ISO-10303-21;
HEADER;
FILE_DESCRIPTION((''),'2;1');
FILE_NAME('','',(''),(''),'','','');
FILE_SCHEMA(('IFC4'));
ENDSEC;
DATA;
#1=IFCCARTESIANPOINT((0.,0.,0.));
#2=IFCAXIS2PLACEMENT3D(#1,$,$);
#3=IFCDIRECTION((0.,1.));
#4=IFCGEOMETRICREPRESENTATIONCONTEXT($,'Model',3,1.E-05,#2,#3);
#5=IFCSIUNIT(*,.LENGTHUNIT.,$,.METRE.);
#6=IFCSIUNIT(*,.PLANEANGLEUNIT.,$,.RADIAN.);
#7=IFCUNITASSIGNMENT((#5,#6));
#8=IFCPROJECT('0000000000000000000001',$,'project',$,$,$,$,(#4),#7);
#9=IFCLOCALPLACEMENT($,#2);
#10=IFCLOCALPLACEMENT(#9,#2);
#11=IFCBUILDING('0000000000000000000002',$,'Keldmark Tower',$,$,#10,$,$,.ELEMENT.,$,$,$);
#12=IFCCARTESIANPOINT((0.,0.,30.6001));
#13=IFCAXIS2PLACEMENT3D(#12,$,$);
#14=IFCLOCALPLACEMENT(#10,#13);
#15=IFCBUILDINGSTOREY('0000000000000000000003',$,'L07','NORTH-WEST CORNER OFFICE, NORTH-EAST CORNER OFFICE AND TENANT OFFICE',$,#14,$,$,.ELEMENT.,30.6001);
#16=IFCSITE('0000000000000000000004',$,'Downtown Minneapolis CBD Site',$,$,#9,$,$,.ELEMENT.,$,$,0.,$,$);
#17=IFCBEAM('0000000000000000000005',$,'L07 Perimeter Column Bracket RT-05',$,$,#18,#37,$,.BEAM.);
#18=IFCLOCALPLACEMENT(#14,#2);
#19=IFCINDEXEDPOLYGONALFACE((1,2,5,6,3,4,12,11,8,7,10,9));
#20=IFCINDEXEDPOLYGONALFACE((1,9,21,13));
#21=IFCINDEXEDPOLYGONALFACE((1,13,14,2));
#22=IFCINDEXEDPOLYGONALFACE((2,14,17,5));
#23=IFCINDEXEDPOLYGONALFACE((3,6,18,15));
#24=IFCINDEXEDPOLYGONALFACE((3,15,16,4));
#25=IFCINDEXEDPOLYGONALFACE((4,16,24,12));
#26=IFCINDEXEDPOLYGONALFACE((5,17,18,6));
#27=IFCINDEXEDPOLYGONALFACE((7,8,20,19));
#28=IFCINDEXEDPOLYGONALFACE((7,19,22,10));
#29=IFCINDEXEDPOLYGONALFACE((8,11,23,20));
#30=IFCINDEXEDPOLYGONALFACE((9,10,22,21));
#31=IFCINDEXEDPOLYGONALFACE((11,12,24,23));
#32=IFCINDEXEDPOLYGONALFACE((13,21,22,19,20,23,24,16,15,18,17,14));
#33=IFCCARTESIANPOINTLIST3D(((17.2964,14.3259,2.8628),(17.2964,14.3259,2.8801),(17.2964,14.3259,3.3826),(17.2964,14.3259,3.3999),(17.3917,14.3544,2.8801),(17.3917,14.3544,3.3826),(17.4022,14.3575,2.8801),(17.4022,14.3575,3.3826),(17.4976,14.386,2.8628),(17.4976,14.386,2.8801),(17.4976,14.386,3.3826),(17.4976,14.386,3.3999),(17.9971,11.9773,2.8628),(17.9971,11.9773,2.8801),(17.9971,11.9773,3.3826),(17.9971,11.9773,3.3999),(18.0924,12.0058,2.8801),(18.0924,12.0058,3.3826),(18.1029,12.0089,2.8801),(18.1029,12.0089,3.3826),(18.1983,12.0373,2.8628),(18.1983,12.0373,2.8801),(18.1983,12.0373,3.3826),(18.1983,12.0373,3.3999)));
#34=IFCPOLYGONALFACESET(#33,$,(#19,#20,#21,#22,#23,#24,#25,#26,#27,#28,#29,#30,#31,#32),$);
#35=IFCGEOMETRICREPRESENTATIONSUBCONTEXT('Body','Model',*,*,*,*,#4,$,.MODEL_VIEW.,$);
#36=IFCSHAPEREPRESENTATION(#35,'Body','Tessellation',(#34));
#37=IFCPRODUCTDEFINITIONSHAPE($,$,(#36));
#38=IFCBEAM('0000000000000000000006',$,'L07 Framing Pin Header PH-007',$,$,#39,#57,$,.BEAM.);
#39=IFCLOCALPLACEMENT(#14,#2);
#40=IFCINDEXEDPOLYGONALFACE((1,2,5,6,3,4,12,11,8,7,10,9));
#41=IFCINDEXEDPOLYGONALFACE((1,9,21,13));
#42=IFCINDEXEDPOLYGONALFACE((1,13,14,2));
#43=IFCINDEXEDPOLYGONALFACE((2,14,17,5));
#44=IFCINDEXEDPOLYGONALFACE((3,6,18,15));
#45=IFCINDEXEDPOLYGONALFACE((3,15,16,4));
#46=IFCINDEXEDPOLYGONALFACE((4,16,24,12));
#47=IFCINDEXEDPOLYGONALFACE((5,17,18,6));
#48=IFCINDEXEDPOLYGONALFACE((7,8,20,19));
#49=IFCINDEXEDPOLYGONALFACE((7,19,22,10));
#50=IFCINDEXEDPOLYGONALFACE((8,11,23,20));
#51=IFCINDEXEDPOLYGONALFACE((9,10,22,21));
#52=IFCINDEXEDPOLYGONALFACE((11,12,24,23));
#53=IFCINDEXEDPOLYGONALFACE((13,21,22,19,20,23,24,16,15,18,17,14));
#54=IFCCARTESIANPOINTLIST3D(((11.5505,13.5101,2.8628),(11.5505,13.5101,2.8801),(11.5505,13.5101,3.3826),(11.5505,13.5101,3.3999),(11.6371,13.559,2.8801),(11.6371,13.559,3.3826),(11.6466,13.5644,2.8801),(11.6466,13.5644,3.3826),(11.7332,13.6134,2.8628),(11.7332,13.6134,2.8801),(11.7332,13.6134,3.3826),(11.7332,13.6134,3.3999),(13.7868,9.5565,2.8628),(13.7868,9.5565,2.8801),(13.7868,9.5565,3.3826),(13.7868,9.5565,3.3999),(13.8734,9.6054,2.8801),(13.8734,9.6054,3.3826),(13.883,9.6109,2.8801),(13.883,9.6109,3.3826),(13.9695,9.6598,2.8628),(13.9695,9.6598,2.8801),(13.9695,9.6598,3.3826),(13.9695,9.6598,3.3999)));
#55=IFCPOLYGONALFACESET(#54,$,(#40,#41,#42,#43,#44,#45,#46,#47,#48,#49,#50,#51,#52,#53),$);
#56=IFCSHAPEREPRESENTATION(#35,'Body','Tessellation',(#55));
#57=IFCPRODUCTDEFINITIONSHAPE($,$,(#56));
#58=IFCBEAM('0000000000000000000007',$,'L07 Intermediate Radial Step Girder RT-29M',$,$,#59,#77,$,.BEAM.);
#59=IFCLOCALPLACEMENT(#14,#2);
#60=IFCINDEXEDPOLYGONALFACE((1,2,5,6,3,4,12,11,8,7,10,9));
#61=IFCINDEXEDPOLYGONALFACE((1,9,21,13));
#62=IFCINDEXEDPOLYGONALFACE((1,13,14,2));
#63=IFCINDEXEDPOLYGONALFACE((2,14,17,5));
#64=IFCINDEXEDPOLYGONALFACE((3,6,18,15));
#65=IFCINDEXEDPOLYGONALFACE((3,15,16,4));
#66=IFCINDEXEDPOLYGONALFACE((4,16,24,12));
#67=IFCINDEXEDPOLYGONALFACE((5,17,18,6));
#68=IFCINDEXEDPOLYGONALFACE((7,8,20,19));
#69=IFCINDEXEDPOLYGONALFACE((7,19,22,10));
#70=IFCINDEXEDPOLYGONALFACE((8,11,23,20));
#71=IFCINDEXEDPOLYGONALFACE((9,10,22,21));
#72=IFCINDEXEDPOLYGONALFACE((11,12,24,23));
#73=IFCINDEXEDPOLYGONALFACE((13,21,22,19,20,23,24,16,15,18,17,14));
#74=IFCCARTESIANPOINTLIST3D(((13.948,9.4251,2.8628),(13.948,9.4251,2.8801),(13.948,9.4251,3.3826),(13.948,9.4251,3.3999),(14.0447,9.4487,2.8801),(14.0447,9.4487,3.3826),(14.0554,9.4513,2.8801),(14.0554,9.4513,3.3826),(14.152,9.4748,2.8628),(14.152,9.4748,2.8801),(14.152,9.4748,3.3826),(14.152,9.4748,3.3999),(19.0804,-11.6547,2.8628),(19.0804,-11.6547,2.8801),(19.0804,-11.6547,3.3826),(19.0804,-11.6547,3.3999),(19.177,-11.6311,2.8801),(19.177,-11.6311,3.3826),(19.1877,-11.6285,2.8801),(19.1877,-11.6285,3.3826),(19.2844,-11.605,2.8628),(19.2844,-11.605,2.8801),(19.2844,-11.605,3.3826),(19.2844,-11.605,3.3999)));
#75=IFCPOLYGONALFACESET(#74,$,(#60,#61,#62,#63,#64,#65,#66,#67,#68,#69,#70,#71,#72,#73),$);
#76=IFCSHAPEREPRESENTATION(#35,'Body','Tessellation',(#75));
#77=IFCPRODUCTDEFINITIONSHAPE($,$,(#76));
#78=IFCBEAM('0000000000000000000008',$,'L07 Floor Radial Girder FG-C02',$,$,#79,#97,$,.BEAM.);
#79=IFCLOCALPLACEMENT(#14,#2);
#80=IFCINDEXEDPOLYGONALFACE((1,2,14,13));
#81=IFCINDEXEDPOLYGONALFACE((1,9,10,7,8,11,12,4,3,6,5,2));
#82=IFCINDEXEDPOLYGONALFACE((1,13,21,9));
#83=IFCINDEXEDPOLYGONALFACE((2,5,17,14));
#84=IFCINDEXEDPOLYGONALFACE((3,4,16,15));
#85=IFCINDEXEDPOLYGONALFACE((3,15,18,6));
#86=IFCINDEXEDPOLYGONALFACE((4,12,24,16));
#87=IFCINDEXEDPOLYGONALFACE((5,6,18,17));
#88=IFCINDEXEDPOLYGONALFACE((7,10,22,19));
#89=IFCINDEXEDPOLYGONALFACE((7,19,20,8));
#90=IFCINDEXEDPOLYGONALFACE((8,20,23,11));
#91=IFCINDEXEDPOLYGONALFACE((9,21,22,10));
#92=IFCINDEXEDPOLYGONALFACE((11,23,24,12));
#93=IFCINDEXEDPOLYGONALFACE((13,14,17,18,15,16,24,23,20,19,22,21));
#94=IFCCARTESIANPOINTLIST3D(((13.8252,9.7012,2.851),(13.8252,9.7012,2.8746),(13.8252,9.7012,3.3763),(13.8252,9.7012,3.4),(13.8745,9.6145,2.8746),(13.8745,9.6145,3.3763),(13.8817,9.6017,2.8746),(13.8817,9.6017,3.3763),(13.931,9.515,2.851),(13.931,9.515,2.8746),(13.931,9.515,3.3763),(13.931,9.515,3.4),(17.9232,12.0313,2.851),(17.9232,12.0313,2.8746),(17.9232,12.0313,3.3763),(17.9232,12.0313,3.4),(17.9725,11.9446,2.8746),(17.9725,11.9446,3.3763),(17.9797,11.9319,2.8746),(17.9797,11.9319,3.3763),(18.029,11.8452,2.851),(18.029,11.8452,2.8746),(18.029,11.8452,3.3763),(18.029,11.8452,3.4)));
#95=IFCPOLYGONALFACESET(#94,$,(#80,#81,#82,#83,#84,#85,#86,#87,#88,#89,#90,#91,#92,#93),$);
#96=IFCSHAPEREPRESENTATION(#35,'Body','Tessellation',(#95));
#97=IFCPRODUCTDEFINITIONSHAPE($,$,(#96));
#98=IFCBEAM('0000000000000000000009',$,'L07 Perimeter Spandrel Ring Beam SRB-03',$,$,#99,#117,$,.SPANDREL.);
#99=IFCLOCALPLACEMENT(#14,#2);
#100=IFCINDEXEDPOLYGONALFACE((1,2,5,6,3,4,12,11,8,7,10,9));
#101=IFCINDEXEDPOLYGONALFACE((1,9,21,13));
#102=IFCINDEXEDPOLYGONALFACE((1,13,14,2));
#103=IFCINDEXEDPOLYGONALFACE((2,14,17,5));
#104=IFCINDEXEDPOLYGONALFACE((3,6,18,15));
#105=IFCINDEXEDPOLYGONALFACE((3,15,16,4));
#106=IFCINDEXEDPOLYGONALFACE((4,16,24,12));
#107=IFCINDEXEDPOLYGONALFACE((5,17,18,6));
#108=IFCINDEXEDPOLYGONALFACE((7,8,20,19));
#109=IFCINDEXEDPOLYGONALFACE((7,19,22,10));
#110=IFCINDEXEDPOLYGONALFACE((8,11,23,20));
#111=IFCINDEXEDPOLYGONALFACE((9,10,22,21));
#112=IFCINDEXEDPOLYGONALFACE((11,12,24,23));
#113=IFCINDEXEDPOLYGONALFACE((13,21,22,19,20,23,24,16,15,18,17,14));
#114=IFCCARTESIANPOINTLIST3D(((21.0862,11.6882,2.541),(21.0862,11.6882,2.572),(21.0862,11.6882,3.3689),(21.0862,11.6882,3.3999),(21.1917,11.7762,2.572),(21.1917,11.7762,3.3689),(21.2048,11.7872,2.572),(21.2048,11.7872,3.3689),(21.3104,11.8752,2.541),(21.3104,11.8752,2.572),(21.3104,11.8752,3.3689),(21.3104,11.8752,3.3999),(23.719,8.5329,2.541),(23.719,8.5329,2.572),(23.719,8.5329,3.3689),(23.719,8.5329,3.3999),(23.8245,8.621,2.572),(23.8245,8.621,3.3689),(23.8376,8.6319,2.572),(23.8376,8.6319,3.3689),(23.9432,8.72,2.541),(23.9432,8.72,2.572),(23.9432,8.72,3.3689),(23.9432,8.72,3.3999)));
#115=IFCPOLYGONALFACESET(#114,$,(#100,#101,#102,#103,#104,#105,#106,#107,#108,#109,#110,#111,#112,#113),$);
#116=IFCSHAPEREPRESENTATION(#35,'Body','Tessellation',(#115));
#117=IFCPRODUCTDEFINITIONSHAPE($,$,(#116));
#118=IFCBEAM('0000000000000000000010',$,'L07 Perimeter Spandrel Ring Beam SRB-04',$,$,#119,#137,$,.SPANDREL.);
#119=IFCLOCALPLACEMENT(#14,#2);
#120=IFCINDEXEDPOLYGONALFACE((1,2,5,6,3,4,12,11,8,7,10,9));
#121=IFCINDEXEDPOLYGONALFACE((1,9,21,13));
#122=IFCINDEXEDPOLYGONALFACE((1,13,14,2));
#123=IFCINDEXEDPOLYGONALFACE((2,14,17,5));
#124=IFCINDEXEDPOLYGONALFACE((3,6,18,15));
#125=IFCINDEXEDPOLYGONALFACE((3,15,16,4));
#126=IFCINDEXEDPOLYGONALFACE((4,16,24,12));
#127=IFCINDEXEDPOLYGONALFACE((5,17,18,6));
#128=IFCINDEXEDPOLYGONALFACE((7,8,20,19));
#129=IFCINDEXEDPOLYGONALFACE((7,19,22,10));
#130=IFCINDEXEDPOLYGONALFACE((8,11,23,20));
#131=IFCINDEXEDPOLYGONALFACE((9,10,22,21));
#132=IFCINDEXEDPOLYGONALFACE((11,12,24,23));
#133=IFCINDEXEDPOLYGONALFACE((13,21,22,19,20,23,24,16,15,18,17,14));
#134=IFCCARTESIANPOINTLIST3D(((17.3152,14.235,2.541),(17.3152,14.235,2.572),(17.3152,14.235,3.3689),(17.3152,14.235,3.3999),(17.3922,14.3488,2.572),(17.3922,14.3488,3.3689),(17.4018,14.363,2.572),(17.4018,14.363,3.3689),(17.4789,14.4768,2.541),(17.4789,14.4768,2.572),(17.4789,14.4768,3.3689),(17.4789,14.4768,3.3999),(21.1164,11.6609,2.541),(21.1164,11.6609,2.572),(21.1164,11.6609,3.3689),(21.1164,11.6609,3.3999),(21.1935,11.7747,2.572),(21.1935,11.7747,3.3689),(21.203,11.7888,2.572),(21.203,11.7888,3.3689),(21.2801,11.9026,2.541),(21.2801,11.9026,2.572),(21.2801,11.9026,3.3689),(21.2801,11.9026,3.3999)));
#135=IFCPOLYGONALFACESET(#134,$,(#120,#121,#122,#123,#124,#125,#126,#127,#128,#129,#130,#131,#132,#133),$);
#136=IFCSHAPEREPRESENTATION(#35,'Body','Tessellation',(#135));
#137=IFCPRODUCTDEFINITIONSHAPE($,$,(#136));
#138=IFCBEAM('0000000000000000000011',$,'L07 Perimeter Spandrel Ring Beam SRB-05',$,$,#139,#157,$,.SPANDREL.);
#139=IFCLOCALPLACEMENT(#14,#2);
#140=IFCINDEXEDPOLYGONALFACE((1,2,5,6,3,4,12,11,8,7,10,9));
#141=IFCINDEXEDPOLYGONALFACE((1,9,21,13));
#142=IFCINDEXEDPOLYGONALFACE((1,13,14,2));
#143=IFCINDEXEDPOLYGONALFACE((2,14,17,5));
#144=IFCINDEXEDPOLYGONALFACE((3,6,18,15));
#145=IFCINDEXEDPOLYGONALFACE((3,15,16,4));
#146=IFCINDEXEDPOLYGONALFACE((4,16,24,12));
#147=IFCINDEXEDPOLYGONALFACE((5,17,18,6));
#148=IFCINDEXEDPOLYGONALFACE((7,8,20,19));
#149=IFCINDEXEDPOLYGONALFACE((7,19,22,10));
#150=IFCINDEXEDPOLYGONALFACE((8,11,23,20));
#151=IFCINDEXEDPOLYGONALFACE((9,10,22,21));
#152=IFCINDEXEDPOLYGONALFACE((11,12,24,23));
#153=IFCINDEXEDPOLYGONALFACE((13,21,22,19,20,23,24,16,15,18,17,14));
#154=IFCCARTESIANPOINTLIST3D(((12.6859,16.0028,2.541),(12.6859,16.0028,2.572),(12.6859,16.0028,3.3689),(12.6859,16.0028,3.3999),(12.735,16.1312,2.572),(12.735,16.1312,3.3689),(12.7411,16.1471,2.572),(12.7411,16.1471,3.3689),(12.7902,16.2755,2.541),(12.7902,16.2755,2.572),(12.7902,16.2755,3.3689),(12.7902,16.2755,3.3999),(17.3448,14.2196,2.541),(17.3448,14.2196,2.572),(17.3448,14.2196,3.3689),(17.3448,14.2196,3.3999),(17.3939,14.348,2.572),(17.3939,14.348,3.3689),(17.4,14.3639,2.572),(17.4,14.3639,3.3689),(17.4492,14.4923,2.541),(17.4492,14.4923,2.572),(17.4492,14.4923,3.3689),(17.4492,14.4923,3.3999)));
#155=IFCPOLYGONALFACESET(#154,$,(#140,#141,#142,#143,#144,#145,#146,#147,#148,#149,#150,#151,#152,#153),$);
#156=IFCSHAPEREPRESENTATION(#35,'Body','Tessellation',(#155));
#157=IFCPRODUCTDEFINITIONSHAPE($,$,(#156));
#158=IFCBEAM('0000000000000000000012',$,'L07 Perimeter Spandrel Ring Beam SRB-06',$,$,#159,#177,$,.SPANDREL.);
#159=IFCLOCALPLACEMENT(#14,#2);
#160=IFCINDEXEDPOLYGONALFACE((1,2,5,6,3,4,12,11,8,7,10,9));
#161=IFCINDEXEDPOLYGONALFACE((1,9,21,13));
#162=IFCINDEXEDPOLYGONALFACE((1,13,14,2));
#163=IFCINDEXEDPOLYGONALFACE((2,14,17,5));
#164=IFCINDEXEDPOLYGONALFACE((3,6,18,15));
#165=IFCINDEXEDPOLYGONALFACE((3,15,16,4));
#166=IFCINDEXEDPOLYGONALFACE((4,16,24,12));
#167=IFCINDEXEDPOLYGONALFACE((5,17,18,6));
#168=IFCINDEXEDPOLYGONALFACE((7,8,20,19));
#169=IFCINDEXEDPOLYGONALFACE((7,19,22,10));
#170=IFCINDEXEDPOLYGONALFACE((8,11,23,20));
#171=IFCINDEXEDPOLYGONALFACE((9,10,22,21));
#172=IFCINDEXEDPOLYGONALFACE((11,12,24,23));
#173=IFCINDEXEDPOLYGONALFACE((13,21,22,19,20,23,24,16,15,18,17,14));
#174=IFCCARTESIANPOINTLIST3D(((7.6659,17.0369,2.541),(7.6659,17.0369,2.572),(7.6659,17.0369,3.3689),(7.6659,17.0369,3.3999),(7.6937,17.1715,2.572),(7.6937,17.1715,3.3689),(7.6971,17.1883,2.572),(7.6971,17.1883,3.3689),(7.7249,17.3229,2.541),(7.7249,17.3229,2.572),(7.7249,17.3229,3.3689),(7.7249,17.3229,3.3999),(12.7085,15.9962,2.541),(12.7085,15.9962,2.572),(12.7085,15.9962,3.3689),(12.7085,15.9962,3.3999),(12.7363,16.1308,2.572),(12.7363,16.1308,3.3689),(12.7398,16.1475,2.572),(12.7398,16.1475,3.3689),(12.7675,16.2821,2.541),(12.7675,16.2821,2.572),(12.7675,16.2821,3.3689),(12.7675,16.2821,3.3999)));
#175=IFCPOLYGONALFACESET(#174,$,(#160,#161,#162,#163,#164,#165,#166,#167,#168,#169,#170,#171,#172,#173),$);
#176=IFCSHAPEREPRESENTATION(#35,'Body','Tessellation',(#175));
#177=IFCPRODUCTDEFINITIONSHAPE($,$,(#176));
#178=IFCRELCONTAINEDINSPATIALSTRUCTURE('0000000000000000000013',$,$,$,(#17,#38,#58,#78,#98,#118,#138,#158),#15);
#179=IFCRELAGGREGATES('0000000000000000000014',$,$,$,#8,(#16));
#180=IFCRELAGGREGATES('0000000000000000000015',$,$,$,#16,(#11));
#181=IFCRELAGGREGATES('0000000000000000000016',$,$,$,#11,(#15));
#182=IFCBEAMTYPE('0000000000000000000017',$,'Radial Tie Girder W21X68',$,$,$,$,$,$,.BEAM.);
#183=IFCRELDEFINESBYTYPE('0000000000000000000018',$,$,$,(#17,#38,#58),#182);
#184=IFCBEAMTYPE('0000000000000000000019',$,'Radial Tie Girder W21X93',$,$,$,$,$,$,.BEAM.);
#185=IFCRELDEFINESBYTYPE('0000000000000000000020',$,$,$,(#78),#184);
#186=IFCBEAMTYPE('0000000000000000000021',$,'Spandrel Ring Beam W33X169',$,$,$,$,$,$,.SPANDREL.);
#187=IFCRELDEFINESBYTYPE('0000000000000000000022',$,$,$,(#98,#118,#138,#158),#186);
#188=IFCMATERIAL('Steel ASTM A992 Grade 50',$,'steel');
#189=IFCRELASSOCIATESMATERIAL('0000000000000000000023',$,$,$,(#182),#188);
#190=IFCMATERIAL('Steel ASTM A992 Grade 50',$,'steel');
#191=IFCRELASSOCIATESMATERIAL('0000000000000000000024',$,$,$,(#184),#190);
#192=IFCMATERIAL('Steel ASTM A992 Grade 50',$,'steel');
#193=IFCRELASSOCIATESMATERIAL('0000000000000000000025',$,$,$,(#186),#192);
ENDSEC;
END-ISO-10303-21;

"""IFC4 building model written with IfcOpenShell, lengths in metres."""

from ifc_helpers import new_model, si_unit, direction, frame, origin, origin_2d, place, context, subcontext, project, spatial, i_section, extrude, material, material_profile, profile_set, type_object, element, save


model = new_model("IFC4")

# Units and contexts
model_context = context("Model", 3, precision=1e-05, world=origin(), true_north=direction((0.0, 1.0)))
body_context = subcontext(model_context, "Body", "Model", "MODEL_VIEW")
ifc_project = project(units=[si_unit("LENGTHUNIT", "METRE"), si_unit("PLANEANGLEUNIT", "RADIAN")], contexts=[model_context])

# Site, building, storey
site_placement = place(None, origin())
site = spatial("IfcSite", under=ifc_project, at=site_placement, Name="Downtown Minneapolis CBD Site", CompositionType="ELEMENT", RefElevation=0.0)
building_placement = place(site_placement, origin())
building = spatial("IfcBuilding", under=site, at=building_placement, Name="Keldmark Tower", CompositionType="ELEMENT")
storey_placement = place(building_placement, frame((0.0, 0.0, 30.6001)))
storey = spatial("IfcBuildingStorey", under=building, at=storey_placement, Name="L07", Description="NORTH-WEST CORNER OFFICE, NORTH-EAST CORNER OFFICE AND TENANT OFFICE", CompositionType="ELEMENT", Elevation=30.6001)

# Beams
ifc_material_1 = material(Name="Steel ASTM A992 Grade 50", Category="steel")
ifc_material_profile_1 = material_profile(ifc_material_1, i_section(OverallWidth=0.21, OverallDepth=0.5371, WebThickness=0.011, FlangeThickness=0.0173, at=origin_2d()), Name="W21X68")
ifc_profile_set_1 = profile_set([ifc_material_profile_1], Name="Steel ASTM A992 Grade 50")
beam_type_1 = type_object("IfcBeamType", Name="Radial Tie Girder W21X68", PredefinedType="BEAM", material=ifc_profile_set_1)
beam_1_placement = place(storey_placement, frame((18.0977, 12.0073, 3.1313), z_axis=(-0.285885, 0.958264, 0.0), x_axis=(-0.958264, -0.285885, 0.0)))
element("IfcBeam", 1, at=beam_1_placement, inside=storey, type_object=beam_type_1, Name="L07 Perimeter Column Bracket RT-05", PredefinedType="BEAM", context=body_context, shape_type="SweptSolid", body=[
    extrude(i_section(OverallWidth=0.21, OverallDepth=0.5371, WebThickness=0.011, FlangeThickness=0.0173, at=origin_2d()), origin(), (0.0, 0.0, 1.0), 2.4509),
])
beam_2_placement = place(storey_placement, frame((13.8782, 9.6082, 3.1313), z_axis=(-0.492337, 0.870405, 0.0), x_axis=(-0.870405, -0.492337, 0.0)))
element("IfcBeam", 2, at=beam_2_placement, inside=storey, type_object=beam_type_1, Name="L07 Framing Pin Header PH-007", PredefinedType="BEAM", context=body_context, shape_type="SweptSolid", body=[
    extrude(i_section(OverallWidth=0.21, OverallDepth=0.5371, WebThickness=0.011, FlangeThickness=0.0173, at=origin_2d()), origin(), (0.0, 0.0, 1.0), 4.5422),
])
beam_3_placement = place(storey_placement, frame((14.05, 9.45, 3.1313), z_axis=(0.23656, -0.971617, 0.0), x_axis=(0.971617, 0.23656, 0.0)))
element("IfcBeam", 3, at=beam_3_placement, inside=storey, type_object=beam_type_1, Name="L07 Intermediate Radial Step Girder RT-29M", PredefinedType="BEAM", context=body_context, shape_type="SweptSolid", body=[
    extrude(i_section(OverallWidth=0.21, OverallDepth=0.5371, WebThickness=0.011, FlangeThickness=0.0173, at=origin_2d()), origin(), (0.0, 0.0, 1.0), 21.6956),
])
ifc_material_2 = material(Name="Steel ASTM A992 Grade 50", Category="steel")
ifc_material_profile_2 = material_profile(ifc_material_2, i_section(OverallWidth=0.2141, OverallDepth=0.5491, WebThickness=0.0146, FlangeThickness=0.0237, at=origin_2d()), Name="W21X93")
ifc_profile_set_2 = profile_set([ifc_material_profile_2], Name="Steel ASTM A992 Grade 50")
beam_type_2 = type_object("IfcBeamType", Name="Radial Tie Girder W21X93", PredefinedType="BEAM", material=ifc_profile_set_2)
beam_4_placement = place(storey_placement, frame((17.9761, 11.9382, 3.1255), z_axis=(-0.869299, -0.494286, 0.0), x_axis=(0.494286, -0.869299, 0.0)))
element("IfcBeam", 4, at=beam_4_placement, inside=storey, type_object=beam_type_2, Name="L07 Floor Radial Girder FG-C02", PredefinedType="BEAM", context=body_context, shape_type="SweptSolid", body=[
    extrude(i_section(OverallWidth=0.2141, OverallDepth=0.5491, WebThickness=0.0146, FlangeThickness=0.0237, at=origin_2d()), origin(), (0.0, 0.0, 1.0), 4.7141),
])
ifc_material_3 = material(Name="Steel ASTM A992 Grade 50", Category="steel")
ifc_material_profile_3 = material_profile(ifc_material_3, i_section(OverallWidth=0.292, OverallDepth=0.8589, WebThickness=0.0171, FlangeThickness=0.031, at=origin_2d()), Name="W33X169")
ifc_profile_set_3 = profile_set([ifc_material_profile_3], Name="Steel ASTM A992 Grade 50")
beam_type_3 = type_object("IfcBeamType", Name="Spandrel Ring Beam W33X169", PredefinedType="SPANDREL", material=ifc_profile_set_3)
beam_5_placement = place(storey_placement, frame((23.8311, 8.6265, 2.9705), z_axis=(-0.640675, 0.767812, 0.0), x_axis=(-0.767812, -0.640675, 0.0)))
element("IfcBeam", 5, at=beam_5_placement, inside=storey, type_object=beam_type_3, Name="L07 Perimeter Spandrel Ring Beam SRB-03", PredefinedType="SPANDREL", context=body_context, shape_type="SweptSolid", body=[
    extrude(i_section(OverallWidth=0.292, OverallDepth=0.8589, WebThickness=0.0171, FlangeThickness=0.031, at=origin_2d()), origin(), (0.0, 0.0, 1.0), 4.1094),
])
beam_6_placement = place(storey_placement, frame((21.1982, 11.7817, 2.9705), z_axis=(-0.828003, 0.560723, 0.0), x_axis=(-0.560723, -0.828003, 0.0)))
element("IfcBeam", 6, at=beam_6_placement, inside=storey, type_object=beam_type_3, Name="L07 Perimeter Spandrel Ring Beam SRB-04", PredefinedType="SPANDREL", context=body_context, shape_type="SweptSolid", body=[
    extrude(i_section(OverallWidth=0.292, OverallDepth=0.8589, WebThickness=0.0171, FlangeThickness=0.031, at=origin_2d()), origin(), (0.0, 0.0, 1.0), 4.5908),
])
beam_7_placement = place(storey_placement, frame((17.397, 14.356, 2.9705), z_axis=(-0.933928, 0.35746, 0.0), x_axis=(-0.35746, -0.933928, 0.0)))
element("IfcBeam", 7, at=beam_7_placement, inside=storey, type_object=beam_type_3, Name="L07 Perimeter Spandrel Ring Beam SRB-05", PredefinedType="SPANDREL", context=body_context, shape_type="SweptSolid", body=[
    extrude(i_section(OverallWidth=0.292, OverallDepth=0.8589, WebThickness=0.0171, FlangeThickness=0.031, at=origin_2d()), origin(), (0.0, 0.0, 1.0), 4.9885),
])
beam_8_placement = place(storey_placement, frame((12.738, 16.1392, 2.9705), z_axis=(-0.979359, 0.202131, 0.0), x_axis=(-0.202131, -0.979359, 0.0)))
element("IfcBeam", 8, at=beam_8_placement, inside=storey, type_object=beam_type_3, Name="L07 Perimeter Spandrel Ring Beam SRB-06", PredefinedType="SPANDREL", context=body_context, shape_type="SweptSolid", body=[
    extrude(i_section(OverallWidth=0.292, OverallDepth=0.8589, WebThickness=0.0171, FlangeThickness=0.031, at=origin_2d()), origin(), (0.0, 0.0, 1.0), 5.1489),
])

save(model, "model.ifc")
